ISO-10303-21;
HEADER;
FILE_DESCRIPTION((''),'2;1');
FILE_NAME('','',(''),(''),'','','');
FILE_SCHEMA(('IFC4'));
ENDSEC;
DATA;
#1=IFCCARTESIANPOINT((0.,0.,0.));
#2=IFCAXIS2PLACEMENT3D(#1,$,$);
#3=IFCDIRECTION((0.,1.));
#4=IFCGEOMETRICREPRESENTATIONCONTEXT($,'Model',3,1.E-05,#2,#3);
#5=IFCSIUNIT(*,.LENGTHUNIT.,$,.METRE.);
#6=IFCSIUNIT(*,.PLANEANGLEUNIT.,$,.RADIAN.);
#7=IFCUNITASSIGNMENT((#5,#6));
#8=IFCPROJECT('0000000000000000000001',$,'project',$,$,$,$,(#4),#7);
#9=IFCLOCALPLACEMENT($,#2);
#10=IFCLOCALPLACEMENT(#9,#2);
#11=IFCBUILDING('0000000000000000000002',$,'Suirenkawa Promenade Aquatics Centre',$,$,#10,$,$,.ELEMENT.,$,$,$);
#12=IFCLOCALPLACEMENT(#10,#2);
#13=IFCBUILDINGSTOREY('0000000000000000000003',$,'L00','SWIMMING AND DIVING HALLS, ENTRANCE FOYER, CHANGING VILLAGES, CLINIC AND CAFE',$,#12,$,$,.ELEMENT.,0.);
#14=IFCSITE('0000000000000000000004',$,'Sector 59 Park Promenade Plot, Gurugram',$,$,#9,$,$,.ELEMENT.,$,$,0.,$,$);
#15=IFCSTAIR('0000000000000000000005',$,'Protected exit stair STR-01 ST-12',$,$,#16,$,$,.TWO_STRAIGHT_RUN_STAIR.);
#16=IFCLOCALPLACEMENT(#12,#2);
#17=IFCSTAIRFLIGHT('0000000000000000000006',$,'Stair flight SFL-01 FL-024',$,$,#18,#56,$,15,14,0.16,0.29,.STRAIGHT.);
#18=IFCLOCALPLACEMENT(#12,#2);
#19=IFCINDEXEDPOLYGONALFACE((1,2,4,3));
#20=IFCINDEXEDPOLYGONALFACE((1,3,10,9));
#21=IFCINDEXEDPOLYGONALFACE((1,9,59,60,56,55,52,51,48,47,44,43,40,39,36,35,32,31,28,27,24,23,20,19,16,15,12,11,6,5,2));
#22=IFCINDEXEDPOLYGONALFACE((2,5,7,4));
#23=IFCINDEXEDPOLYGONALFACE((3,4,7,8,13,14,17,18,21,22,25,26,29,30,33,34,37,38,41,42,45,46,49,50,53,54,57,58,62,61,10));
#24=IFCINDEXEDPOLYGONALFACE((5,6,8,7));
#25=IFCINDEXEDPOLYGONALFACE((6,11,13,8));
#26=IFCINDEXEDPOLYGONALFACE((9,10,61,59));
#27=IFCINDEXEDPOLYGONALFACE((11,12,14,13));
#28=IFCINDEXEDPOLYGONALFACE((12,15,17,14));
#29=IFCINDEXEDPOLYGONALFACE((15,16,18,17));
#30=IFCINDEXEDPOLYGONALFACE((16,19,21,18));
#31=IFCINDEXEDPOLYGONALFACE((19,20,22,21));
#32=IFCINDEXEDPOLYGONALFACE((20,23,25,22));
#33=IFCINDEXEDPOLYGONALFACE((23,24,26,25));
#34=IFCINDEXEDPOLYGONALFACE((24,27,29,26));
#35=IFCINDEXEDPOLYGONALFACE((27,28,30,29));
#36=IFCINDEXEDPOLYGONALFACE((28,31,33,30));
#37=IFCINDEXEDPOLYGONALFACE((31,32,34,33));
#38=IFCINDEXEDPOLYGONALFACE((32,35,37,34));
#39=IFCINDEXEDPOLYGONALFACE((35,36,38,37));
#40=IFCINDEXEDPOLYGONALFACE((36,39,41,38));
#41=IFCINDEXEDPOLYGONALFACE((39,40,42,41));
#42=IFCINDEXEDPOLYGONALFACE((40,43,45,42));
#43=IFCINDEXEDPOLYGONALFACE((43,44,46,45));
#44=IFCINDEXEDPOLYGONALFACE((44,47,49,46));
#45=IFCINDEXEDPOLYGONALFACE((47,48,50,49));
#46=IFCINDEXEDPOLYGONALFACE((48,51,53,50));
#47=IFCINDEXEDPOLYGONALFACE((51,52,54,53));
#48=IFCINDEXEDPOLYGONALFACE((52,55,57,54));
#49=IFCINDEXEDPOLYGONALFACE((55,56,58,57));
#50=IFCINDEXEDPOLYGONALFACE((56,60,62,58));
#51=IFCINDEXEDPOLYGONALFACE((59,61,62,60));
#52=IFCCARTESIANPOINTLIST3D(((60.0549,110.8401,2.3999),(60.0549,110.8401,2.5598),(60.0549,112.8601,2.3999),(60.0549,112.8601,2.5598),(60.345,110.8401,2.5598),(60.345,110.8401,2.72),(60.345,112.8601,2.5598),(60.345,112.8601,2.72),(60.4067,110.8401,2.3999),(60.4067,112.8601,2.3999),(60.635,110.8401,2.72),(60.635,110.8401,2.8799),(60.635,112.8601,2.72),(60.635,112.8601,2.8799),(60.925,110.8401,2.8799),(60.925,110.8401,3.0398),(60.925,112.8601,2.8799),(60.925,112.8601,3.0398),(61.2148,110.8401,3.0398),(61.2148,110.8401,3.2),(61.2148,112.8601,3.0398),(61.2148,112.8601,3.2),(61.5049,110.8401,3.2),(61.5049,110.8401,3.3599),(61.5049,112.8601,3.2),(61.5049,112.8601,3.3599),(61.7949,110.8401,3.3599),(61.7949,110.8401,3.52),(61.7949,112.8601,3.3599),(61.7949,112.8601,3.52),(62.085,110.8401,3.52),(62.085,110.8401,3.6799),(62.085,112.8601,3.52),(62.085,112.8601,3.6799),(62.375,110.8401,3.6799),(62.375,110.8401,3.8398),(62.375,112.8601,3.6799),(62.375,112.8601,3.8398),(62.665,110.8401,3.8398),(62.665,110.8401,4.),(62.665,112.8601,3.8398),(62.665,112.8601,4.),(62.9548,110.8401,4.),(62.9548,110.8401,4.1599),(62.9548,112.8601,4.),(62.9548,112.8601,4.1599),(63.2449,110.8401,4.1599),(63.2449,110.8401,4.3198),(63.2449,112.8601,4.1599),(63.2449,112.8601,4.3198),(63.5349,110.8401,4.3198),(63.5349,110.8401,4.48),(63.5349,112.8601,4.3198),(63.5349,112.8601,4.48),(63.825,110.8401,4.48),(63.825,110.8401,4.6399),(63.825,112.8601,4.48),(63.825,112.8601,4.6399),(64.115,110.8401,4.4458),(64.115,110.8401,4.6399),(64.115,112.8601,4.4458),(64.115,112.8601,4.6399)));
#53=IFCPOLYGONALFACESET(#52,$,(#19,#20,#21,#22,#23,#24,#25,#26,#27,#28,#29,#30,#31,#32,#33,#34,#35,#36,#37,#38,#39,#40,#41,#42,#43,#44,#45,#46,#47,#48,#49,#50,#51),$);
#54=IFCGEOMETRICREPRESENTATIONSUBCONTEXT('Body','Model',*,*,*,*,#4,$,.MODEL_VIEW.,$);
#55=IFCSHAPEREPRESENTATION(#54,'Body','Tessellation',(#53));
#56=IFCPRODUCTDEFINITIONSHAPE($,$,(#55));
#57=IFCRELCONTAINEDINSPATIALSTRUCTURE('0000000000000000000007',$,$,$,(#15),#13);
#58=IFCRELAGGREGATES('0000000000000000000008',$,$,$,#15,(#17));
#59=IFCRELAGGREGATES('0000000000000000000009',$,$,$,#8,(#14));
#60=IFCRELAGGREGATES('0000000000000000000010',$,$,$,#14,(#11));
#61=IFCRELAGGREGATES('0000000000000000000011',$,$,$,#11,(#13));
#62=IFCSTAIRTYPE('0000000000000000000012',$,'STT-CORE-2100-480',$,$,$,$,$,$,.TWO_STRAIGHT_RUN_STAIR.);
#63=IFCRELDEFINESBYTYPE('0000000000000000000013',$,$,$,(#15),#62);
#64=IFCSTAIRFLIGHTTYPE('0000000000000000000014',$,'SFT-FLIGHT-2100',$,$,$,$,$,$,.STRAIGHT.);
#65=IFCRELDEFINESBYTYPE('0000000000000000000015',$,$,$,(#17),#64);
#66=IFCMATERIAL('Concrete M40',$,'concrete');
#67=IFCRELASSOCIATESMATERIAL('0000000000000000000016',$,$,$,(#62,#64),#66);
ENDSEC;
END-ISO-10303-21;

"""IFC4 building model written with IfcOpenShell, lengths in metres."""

from ifc_helpers import new_model, si_unit, direction, frame, origin, place, context, subcontext, project, spatial, polyline, outline, extrude, material, type_object, element, aggregate, save


model = new_model("IFC4")

# Units and contexts
model_context = context("Model", 3, precision=1e-05, world=origin(), true_north=direction((0.0, 1.0)))
body_context = subcontext(model_context, "Body", "Model", "MODEL_VIEW")
ifc_project = project(units=[si_unit("LENGTHUNIT", "METRE"), si_unit("PLANEANGLEUNIT", "RADIAN")], contexts=[model_context])

# Site, building, storey
site_placement = place(None, origin())
site = spatial("IfcSite", under=ifc_project, at=site_placement, Name="Sector 59 Park Promenade Plot, Gurugram", CompositionType="ELEMENT", RefElevation=0.0)
building_placement = place(site_placement, origin())
building = spatial("IfcBuilding", under=site, at=building_placement, Name="Suirenkawa Promenade Aquatics Centre", CompositionType="ELEMENT")
storey_placement = place(building_placement, origin())
storey = spatial("IfcBuildingStorey", under=building, at=storey_placement, Name="L00", Description="SWIMMING AND DIVING HALLS, ENTRANCE FOYER, CHANGING VILLAGES, CLINIC AND CAFE", CompositionType="ELEMENT", Elevation=0.0)

# Shared definitions
ifc_material_1 = material(Name="Concrete M40", Category="concrete")

# Stair, stair flight
stair_type = type_object("IfcStairType", Name="STT-CORE-2100-480", PredefinedType="TWO_STRAIGHT_RUN_STAIR", material=ifc_material_1)
stair_placement = place(storey_placement, origin())
stair = element("IfcStair", 1, at=stair_placement, inside=storey, type_object=stair_type, Name="Protected exit stair STR-01 ST-12", PredefinedType="TWO_STRAIGHT_RUN_STAIR")
stair_flight_type = type_object("IfcStairFlightType", Name="SFT-FLIGHT-2100", PredefinedType="STRAIGHT", material=ifc_material_1)
stair_flight_1_placement = place(storey_placement, frame((60.0549, 111.8501, 2.3999), z_axis=(0.0, 0.0, 1.0), x_axis=(1.0, 0.0, 0.0)))
stair_flight_1 = element("IfcStairFlight", 2, at=stair_flight_1_placement, type_object=stair_flight_type, Name="Stair flight SFL-01 FL-024", NumberOfRisers=15, NumberOfTreads=14, PredefinedType="STRAIGHT", RiserHeight=0.16, TreadLength=0.29, context=body_context, shape_type="SweptSolid", body=[
    extrude(outline(polyline([(0.0, 0.0), (0.0, 0.1599), (0.29, 0.1599), (0.29, 0.3201), (0.5801, 0.3201), (0.5801, 0.48), (0.8701, 0.48), (0.8701, 0.6399), (1.1599, 0.6399), (1.1599, 0.8), (1.45, 0.8), (1.45, 0.96), (1.74, 0.96), (1.74, 1.1201), (2.03, 1.1201), (2.03, 1.28), (2.3201, 1.28), (2.3201, 1.4399), (2.6101, 1.4399), (2.6101, 1.6001), (2.8999, 1.6001), (2.8999, 1.76), (3.1899, 1.76), (3.1899, 1.9199), (3.48, 1.9199), (3.48, 2.0801), (3.77, 2.0801), (3.77, 2.24), (4.0601, 2.24), (4.0601, 2.3999), (4.0601, 2.0459), (0.3518, 0.0), (0.0, 0.0)])), frame((0.0, 1.01, 0.0), z_axis=(0.0, -1.0, 0.0), x_axis=(1.0, 0.0, 0.0)), (0.0, 0.0, 1.0), 2.02),
])
aggregate(stair, [stair_flight_1])

save(model, "model.ifc")
